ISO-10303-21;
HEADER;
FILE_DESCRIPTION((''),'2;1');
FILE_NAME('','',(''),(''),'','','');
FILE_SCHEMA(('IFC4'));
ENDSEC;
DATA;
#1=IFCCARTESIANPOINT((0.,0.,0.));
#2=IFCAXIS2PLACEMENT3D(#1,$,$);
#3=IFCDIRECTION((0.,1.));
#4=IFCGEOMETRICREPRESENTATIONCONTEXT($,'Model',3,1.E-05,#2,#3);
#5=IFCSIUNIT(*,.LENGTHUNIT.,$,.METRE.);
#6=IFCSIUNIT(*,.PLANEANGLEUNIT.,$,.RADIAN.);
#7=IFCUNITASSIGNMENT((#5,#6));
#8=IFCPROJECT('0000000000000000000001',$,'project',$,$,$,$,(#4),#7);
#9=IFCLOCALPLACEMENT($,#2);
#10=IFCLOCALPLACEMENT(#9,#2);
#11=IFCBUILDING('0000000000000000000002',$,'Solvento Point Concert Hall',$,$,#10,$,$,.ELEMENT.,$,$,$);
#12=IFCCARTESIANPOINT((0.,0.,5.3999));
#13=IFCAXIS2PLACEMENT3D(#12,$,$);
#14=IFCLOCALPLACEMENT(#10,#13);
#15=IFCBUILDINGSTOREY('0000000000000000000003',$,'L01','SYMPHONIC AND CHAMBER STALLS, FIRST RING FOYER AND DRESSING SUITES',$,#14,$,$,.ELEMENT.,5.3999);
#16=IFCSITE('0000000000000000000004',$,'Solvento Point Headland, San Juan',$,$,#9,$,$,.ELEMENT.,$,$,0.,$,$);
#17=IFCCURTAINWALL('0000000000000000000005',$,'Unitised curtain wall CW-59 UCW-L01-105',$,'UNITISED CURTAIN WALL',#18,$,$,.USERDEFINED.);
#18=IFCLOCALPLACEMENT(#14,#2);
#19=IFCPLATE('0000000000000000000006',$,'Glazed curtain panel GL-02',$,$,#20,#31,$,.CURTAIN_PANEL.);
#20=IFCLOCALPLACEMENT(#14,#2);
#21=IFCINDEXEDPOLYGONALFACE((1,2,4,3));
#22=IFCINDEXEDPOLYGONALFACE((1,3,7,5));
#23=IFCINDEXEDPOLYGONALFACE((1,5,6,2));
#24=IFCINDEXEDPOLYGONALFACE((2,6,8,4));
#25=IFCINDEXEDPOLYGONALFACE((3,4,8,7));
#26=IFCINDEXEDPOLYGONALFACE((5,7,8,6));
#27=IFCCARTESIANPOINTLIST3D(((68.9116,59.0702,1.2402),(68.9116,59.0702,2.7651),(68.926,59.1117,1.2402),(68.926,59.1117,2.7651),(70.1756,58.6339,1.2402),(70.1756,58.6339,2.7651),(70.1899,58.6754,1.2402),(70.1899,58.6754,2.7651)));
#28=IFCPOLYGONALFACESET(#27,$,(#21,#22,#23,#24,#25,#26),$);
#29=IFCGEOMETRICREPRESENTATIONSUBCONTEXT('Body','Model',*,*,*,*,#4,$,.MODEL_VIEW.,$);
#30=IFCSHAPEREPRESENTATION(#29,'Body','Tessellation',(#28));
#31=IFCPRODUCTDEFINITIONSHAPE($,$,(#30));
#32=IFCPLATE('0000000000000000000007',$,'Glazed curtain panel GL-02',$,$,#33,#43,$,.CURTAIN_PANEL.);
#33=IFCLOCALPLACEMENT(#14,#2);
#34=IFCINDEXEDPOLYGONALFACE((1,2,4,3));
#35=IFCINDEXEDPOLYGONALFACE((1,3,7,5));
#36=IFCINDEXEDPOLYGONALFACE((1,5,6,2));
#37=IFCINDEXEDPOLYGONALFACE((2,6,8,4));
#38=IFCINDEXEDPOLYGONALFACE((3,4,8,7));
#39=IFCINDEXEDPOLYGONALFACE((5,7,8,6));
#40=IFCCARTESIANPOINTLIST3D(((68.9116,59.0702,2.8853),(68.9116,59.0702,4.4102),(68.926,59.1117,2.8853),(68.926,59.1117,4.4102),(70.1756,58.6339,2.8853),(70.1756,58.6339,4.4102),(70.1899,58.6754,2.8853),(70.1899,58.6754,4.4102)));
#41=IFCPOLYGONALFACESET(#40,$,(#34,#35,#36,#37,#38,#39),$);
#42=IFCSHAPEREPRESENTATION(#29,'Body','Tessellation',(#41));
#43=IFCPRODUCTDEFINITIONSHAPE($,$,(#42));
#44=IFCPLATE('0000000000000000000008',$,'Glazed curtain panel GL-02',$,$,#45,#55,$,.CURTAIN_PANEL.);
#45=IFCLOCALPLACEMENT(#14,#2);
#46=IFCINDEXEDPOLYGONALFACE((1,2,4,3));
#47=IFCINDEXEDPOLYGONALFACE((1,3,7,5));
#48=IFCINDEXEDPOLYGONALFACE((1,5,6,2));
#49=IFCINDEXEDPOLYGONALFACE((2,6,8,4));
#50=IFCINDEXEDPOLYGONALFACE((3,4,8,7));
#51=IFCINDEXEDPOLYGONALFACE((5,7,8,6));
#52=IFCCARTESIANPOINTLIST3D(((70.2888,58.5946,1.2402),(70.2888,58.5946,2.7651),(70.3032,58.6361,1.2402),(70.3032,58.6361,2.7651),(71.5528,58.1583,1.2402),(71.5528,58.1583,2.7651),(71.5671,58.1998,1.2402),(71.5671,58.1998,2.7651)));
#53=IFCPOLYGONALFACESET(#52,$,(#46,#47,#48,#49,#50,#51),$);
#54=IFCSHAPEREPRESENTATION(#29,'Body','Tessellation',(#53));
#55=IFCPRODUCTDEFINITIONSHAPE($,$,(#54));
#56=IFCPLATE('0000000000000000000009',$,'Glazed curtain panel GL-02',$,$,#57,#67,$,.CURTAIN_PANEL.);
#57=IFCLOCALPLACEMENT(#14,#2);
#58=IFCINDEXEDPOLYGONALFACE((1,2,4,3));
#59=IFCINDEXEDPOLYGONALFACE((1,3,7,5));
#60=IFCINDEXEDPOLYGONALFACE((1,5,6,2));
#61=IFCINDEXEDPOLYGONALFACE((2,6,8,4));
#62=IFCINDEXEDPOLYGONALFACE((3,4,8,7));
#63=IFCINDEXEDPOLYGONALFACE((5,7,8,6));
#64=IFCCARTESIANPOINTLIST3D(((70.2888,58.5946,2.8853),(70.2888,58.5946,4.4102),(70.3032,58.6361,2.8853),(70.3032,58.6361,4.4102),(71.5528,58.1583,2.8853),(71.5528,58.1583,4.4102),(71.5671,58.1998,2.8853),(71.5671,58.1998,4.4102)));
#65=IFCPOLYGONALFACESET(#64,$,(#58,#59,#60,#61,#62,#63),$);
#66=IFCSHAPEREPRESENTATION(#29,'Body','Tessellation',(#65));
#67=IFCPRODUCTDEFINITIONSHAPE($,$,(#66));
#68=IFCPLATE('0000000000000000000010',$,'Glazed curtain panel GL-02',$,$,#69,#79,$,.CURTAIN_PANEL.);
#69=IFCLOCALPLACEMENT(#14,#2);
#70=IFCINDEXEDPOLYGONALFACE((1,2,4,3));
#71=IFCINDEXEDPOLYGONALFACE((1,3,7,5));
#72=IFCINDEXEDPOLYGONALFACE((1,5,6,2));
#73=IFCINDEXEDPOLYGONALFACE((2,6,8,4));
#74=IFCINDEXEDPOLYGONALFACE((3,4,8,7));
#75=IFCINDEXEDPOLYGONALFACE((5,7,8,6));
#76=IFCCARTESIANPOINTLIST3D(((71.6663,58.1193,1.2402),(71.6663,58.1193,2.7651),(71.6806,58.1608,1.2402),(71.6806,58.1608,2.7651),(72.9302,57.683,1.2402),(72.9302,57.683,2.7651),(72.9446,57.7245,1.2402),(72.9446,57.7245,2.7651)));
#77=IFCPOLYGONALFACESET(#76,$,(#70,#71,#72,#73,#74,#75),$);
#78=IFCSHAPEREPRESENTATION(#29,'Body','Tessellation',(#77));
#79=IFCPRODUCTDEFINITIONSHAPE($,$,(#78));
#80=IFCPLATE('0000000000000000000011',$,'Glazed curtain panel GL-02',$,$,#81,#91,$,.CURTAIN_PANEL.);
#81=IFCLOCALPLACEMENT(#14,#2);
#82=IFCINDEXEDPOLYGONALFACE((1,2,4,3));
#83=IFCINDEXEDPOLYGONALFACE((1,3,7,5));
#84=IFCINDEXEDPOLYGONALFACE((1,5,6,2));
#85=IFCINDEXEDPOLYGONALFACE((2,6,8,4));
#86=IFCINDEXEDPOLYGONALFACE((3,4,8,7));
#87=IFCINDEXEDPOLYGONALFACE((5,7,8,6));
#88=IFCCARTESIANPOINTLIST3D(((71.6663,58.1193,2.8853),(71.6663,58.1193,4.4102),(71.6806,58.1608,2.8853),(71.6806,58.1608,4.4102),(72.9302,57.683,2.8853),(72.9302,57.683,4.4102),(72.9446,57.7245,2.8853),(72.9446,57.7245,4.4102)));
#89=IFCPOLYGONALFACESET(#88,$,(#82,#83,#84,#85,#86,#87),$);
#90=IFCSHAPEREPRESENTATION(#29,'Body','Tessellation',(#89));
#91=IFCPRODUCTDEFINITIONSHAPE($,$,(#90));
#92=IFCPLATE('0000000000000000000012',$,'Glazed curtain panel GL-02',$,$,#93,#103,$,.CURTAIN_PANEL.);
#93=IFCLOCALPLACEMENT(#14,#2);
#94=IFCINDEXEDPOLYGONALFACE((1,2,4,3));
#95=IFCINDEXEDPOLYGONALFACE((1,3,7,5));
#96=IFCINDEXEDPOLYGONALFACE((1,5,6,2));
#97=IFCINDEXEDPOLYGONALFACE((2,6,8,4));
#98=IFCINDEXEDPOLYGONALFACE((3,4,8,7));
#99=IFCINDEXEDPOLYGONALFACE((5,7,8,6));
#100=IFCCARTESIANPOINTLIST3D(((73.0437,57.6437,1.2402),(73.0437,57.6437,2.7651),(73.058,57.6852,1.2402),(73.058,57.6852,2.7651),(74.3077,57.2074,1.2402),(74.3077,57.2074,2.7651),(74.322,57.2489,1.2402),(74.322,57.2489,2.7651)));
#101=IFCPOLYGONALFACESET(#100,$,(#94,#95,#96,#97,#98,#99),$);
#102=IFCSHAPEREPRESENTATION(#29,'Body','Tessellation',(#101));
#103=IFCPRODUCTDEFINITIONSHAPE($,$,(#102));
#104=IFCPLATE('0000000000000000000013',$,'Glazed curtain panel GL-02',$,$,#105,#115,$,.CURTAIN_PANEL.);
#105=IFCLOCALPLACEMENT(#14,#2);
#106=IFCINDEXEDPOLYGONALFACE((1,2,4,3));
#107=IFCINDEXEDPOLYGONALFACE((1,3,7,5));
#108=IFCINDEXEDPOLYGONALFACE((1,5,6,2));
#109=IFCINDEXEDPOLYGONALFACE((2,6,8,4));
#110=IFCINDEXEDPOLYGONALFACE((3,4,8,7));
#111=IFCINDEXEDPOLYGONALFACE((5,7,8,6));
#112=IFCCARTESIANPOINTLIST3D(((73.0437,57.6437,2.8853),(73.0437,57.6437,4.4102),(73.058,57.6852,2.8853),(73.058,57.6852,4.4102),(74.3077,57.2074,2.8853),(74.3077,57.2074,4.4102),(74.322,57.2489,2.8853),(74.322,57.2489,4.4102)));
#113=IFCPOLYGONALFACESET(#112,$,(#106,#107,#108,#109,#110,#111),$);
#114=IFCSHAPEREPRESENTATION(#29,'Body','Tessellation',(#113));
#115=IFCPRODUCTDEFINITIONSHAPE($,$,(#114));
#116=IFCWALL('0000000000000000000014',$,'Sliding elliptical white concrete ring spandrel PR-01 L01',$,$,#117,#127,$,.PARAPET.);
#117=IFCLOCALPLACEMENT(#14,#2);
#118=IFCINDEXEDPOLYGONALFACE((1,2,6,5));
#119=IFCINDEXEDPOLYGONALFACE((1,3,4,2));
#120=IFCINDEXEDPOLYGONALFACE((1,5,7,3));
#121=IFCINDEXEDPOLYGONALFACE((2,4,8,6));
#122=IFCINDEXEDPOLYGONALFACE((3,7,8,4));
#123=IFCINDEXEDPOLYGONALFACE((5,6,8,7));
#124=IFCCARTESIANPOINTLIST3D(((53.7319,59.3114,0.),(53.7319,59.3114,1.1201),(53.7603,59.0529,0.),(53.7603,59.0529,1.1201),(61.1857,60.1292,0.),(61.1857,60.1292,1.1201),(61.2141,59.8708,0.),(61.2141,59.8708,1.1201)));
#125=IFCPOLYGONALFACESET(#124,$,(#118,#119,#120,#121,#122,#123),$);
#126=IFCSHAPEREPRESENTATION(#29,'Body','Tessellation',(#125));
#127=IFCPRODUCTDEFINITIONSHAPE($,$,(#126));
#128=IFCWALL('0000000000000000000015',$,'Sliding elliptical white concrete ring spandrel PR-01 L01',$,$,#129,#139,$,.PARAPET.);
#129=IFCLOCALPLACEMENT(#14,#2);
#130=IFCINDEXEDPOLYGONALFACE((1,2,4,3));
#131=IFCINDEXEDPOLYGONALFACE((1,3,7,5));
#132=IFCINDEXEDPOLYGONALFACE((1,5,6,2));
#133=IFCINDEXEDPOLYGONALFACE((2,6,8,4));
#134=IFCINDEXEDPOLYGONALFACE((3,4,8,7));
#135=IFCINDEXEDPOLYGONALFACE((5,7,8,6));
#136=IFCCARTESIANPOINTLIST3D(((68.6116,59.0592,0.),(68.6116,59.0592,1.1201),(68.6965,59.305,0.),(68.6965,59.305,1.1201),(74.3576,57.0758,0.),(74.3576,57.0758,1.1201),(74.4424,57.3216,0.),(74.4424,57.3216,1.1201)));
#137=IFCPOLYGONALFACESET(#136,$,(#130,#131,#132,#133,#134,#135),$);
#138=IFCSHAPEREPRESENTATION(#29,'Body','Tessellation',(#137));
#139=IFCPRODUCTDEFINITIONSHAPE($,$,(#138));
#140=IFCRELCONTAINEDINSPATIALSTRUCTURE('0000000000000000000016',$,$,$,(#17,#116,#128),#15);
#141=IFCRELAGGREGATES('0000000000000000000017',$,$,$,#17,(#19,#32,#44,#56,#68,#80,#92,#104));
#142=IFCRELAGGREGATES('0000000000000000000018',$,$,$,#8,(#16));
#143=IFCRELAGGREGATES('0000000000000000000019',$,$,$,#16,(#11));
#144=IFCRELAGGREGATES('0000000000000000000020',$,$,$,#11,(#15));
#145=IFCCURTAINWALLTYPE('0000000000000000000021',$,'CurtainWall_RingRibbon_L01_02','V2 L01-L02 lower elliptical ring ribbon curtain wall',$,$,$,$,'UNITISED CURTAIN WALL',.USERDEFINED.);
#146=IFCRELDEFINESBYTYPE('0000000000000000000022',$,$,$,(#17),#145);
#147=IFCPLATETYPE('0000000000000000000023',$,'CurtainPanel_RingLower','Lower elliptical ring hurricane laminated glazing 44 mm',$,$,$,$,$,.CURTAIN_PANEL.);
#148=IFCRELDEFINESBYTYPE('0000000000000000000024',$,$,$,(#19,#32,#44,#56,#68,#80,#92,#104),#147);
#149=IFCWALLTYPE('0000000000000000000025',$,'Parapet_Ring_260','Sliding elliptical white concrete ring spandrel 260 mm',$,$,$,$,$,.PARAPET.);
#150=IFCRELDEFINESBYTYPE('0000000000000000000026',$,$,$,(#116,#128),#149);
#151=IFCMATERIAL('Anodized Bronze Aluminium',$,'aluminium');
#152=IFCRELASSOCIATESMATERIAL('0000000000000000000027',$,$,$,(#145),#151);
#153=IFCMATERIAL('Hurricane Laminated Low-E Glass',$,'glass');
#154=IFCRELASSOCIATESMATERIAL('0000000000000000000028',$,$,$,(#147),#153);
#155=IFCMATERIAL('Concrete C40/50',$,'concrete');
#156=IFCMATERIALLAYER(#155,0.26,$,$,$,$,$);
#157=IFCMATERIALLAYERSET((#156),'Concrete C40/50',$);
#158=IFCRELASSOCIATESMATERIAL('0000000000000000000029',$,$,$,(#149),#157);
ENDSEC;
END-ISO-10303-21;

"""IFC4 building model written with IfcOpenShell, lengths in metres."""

from ifc_helpers import new_model, si_unit, direction, frame, frame_2d, origin, origin_2d, place, context, subcontext, project, spatial, rectangle, extrude, material, layer, layer_set, type_object, element, aggregate, save


model = new_model("IFC4")

# Units and contexts
model_context = context("Model", 3, precision=1e-05, world=origin(), true_north=direction((0.0, 1.0)))
body_context = subcontext(model_context, "Body", "Model", "MODEL_VIEW")
ifc_project = project(units=[si_unit("LENGTHUNIT", "METRE"), si_unit("PLANEANGLEUNIT", "RADIAN")], contexts=[model_context])

# Site, building, storey
site_placement = place(None, origin())
site = spatial("IfcSite", under=ifc_project, at=site_placement, Name="Solvento Point Headland, San Juan", CompositionType="ELEMENT", RefElevation=0.0)
building_placement = place(site_placement, origin())
building = spatial("IfcBuilding", under=site, at=building_placement, Name="Solvento Point Concert Hall", CompositionType="ELEMENT")
storey_placement = place(building_placement, frame((0.0, 0.0, 5.3999)))
storey = spatial("IfcBuildingStorey", under=building, at=storey_placement, Name="L01", Description="SYMPHONIC AND CHAMBER STALLS, FIRST RING FOYER AND DRESSING SUITES", CompositionType="ELEMENT", Elevation=5.3999)

# Shared definitions
ifc_material_1 = material(Name="Anodized Bronze Aluminium", Category="aluminium")
curtain_wall_type = type_object("IfcCurtainWallType", Name="CurtainWall_RingRibbon_L01_02", Description="V2 L01-L02 lower elliptical ring ribbon curtain wall", ElementType="UNITISED CURTAIN WALL", PredefinedType="USERDEFINED", material=ifc_material_1)

# Curtain wall
curtain_wall_1_placement = place(storey_placement, origin())
curtain_wall_1 = element("IfcCurtainWall", 1, at=curtain_wall_1_placement, inside=storey, type_object=curtain_wall_type, Name="Unitised curtain wall CW-59 UCW-L01-105", ObjectType="UNITISED CURTAIN WALL", PredefinedType="USERDEFINED")

# Plates
ifc_material_2 = material(Name="Hurricane Laminated Low-E Glass", Category="glass")
plate_type = type_object("IfcPlateType", Name="CurtainPanel_RingLower", Description="Lower elliptical ring hurricane laminated glazing 44 mm", PredefinedType="CURTAIN_PANEL", material=ifc_material_2)
plate_1_placement = place(storey_placement, frame((69.5508, 58.8728, 1.2402), z_axis=(0.0, 0.0, 1.0), x_axis=(0.945271, -0.326288, 0.0)))
plate_1 = element("IfcPlate", 2, at=plate_1_placement, type_object=plate_type, Name="Glazed curtain panel GL-02", PredefinedType="CURTAIN_PANEL", context=body_context, shape_type="SweptSolid", body=[
    extrude(rectangle(XDim=1.3372, YDim=0.0439, at=origin_2d()), origin(), (0.0, 0.0, 1.0), 1.5249),
])
plate_2_placement = place(storey_placement, frame((69.5508, 58.8728, 2.8853), z_axis=(0.0, 0.0, 1.0), x_axis=(0.945271, -0.326288, 0.0)))
plate_2 = element("IfcPlate", 3, at=plate_2_placement, type_object=plate_type, Name="Glazed curtain panel GL-02", PredefinedType="CURTAIN_PANEL", context=body_context, shape_type="SweptSolid", body=[
    extrude(rectangle(XDim=1.3372, YDim=0.0439, at=origin_2d()), origin(), (0.0, 0.0, 1.0), 1.5249),
])
plate_3_placement = place(storey_placement, frame((70.928, 58.3972, 1.2402), z_axis=(0.0, 0.0, 1.0), x_axis=(0.945271, -0.326288, 0.0)))
plate_3 = element("IfcPlate", 4, at=plate_3_placement, type_object=plate_type, Name="Glazed curtain panel GL-02", PredefinedType="CURTAIN_PANEL", context=body_context, shape_type="SweptSolid", body=[
    extrude(rectangle(XDim=1.3372, YDim=0.0439, at=origin_2d()), origin(), (0.0, 0.0, 1.0), 1.5249),
])
plate_4_placement = place(storey_placement, frame((70.928, 58.3972, 2.8853), z_axis=(0.0, 0.0, 1.0), x_axis=(0.945271, -0.326288, 0.0)))
plate_4 = element("IfcPlate", 5, at=plate_4_placement, type_object=plate_type, Name="Glazed curtain panel GL-02", PredefinedType="CURTAIN_PANEL", context=body_context, shape_type="SweptSolid", body=[
    extrude(rectangle(XDim=1.3372, YDim=0.0439, at=origin_2d()), origin(), (0.0, 0.0, 1.0), 1.5249),
])
plate_5_placement = place(storey_placement, frame((72.3054, 57.9219, 1.2402), z_axis=(0.0, 0.0, 1.0), x_axis=(0.945271, -0.326288, 0.0)))
plate_5 = element("IfcPlate", 6, at=plate_5_placement, type_object=plate_type, Name="Glazed curtain panel GL-02", PredefinedType="CURTAIN_PANEL", context=body_context, shape_type="SweptSolid", body=[
    extrude(rectangle(XDim=1.3372, YDim=0.0439, at=origin_2d()), origin(), (0.0, 0.0, 1.0), 1.5249),
])
plate_6_placement = place(storey_placement, frame((72.3054, 57.9219, 2.8853), z_axis=(0.0, 0.0, 1.0), x_axis=(0.945271, -0.326288, 0.0)))
plate_6 = element("IfcPlate", 7, at=plate_6_placement, type_object=plate_type, Name="Glazed curtain panel GL-02", PredefinedType="CURTAIN_PANEL", context=body_context, shape_type="SweptSolid", body=[
    extrude(rectangle(XDim=1.3372, YDim=0.0439, at=origin_2d()), origin(), (0.0, 0.0, 1.0), 1.5249),
])
plate_7_placement = place(storey_placement, frame((73.6829, 57.4463, 1.2402), z_axis=(0.0, 0.0, 1.0), x_axis=(0.945271, -0.326288, 0.0)))
plate_7 = element("IfcPlate", 8, at=plate_7_placement, type_object=plate_type, Name="Glazed curtain panel GL-02", PredefinedType="CURTAIN_PANEL", context=body_context, shape_type="SweptSolid", body=[
    extrude(rectangle(XDim=1.3372, YDim=0.0439, at=origin_2d()), origin(), (0.0, 0.0, 1.0), 1.5249),
])
plate_8_placement = place(storey_placement, frame((73.6829, 57.4463, 2.8853), z_axis=(0.0, 0.0, 1.0), x_axis=(0.945271, -0.326288, 0.0)))
plate_8 = element("IfcPlate", 9, at=plate_8_placement, type_object=plate_type, Name="Glazed curtain panel GL-02", PredefinedType="CURTAIN_PANEL", context=body_context, shape_type="SweptSolid", body=[
    extrude(rectangle(XDim=1.3372, YDim=0.0439, at=origin_2d()), origin(), (0.0, 0.0, 1.0), 1.5249),
])
aggregate(curtain_wall_1, [plate_1, plate_2, plate_3, plate_4, plate_5, plate_6, plate_7, plate_8])

# Walls
ifc_material_3 = material(Name="Concrete C40/50", Category="concrete")
ifc_layer = layer(ifc_material_3, 0.26)
ifc_layer_set = layer_set([ifc_layer], Name="Concrete C40/50")
wall_type = type_object("IfcWallType", Name="Parapet_Ring_260", Description="Sliding elliptical white concrete ring spandrel 260 mm", PredefinedType="PARAPET", material=ifc_layer_set)
wall_1_placement = place(storey_placement, frame((53.7461, 59.1821, 0.0), z_axis=(0.0, 0.0, 1.0), x_axis=(0.994034, 0.10907, 0.0)))
element("IfcWall", 10, at=wall_1_placement, inside=storey, type_object=wall_type, Name="Sliding elliptical white concrete ring spandrel PR-01 L01", PredefinedType="PARAPET", context=body_context, shape_type="SweptSolid", body=[
    extrude(rectangle(XDim=7.4985, YDim=0.26, at=frame_2d((3.7493, 0.0))), origin(), (0.0, 0.0, 1.0), 1.1201),
])
wall_2_placement = place(storey_placement, frame((68.6541, 59.1821, 0.0), z_axis=(0.0, 0.0, 1.0), x_axis=(0.945268, -0.326295, 0.0)))
element("IfcWall", 11, at=wall_2_placement, inside=storey, type_object=wall_type, Name="Sliding elliptical white concrete ring spandrel PR-01 L01", PredefinedType="PARAPET", context=body_context, shape_type="SweptSolid", body=[
    extrude(rectangle(XDim=6.0786, YDim=0.26, at=frame_2d((3.0393, 0.0))), origin(), (0.0, 0.0, 1.0), 1.1201),
])

save(model, "model.ifc")
